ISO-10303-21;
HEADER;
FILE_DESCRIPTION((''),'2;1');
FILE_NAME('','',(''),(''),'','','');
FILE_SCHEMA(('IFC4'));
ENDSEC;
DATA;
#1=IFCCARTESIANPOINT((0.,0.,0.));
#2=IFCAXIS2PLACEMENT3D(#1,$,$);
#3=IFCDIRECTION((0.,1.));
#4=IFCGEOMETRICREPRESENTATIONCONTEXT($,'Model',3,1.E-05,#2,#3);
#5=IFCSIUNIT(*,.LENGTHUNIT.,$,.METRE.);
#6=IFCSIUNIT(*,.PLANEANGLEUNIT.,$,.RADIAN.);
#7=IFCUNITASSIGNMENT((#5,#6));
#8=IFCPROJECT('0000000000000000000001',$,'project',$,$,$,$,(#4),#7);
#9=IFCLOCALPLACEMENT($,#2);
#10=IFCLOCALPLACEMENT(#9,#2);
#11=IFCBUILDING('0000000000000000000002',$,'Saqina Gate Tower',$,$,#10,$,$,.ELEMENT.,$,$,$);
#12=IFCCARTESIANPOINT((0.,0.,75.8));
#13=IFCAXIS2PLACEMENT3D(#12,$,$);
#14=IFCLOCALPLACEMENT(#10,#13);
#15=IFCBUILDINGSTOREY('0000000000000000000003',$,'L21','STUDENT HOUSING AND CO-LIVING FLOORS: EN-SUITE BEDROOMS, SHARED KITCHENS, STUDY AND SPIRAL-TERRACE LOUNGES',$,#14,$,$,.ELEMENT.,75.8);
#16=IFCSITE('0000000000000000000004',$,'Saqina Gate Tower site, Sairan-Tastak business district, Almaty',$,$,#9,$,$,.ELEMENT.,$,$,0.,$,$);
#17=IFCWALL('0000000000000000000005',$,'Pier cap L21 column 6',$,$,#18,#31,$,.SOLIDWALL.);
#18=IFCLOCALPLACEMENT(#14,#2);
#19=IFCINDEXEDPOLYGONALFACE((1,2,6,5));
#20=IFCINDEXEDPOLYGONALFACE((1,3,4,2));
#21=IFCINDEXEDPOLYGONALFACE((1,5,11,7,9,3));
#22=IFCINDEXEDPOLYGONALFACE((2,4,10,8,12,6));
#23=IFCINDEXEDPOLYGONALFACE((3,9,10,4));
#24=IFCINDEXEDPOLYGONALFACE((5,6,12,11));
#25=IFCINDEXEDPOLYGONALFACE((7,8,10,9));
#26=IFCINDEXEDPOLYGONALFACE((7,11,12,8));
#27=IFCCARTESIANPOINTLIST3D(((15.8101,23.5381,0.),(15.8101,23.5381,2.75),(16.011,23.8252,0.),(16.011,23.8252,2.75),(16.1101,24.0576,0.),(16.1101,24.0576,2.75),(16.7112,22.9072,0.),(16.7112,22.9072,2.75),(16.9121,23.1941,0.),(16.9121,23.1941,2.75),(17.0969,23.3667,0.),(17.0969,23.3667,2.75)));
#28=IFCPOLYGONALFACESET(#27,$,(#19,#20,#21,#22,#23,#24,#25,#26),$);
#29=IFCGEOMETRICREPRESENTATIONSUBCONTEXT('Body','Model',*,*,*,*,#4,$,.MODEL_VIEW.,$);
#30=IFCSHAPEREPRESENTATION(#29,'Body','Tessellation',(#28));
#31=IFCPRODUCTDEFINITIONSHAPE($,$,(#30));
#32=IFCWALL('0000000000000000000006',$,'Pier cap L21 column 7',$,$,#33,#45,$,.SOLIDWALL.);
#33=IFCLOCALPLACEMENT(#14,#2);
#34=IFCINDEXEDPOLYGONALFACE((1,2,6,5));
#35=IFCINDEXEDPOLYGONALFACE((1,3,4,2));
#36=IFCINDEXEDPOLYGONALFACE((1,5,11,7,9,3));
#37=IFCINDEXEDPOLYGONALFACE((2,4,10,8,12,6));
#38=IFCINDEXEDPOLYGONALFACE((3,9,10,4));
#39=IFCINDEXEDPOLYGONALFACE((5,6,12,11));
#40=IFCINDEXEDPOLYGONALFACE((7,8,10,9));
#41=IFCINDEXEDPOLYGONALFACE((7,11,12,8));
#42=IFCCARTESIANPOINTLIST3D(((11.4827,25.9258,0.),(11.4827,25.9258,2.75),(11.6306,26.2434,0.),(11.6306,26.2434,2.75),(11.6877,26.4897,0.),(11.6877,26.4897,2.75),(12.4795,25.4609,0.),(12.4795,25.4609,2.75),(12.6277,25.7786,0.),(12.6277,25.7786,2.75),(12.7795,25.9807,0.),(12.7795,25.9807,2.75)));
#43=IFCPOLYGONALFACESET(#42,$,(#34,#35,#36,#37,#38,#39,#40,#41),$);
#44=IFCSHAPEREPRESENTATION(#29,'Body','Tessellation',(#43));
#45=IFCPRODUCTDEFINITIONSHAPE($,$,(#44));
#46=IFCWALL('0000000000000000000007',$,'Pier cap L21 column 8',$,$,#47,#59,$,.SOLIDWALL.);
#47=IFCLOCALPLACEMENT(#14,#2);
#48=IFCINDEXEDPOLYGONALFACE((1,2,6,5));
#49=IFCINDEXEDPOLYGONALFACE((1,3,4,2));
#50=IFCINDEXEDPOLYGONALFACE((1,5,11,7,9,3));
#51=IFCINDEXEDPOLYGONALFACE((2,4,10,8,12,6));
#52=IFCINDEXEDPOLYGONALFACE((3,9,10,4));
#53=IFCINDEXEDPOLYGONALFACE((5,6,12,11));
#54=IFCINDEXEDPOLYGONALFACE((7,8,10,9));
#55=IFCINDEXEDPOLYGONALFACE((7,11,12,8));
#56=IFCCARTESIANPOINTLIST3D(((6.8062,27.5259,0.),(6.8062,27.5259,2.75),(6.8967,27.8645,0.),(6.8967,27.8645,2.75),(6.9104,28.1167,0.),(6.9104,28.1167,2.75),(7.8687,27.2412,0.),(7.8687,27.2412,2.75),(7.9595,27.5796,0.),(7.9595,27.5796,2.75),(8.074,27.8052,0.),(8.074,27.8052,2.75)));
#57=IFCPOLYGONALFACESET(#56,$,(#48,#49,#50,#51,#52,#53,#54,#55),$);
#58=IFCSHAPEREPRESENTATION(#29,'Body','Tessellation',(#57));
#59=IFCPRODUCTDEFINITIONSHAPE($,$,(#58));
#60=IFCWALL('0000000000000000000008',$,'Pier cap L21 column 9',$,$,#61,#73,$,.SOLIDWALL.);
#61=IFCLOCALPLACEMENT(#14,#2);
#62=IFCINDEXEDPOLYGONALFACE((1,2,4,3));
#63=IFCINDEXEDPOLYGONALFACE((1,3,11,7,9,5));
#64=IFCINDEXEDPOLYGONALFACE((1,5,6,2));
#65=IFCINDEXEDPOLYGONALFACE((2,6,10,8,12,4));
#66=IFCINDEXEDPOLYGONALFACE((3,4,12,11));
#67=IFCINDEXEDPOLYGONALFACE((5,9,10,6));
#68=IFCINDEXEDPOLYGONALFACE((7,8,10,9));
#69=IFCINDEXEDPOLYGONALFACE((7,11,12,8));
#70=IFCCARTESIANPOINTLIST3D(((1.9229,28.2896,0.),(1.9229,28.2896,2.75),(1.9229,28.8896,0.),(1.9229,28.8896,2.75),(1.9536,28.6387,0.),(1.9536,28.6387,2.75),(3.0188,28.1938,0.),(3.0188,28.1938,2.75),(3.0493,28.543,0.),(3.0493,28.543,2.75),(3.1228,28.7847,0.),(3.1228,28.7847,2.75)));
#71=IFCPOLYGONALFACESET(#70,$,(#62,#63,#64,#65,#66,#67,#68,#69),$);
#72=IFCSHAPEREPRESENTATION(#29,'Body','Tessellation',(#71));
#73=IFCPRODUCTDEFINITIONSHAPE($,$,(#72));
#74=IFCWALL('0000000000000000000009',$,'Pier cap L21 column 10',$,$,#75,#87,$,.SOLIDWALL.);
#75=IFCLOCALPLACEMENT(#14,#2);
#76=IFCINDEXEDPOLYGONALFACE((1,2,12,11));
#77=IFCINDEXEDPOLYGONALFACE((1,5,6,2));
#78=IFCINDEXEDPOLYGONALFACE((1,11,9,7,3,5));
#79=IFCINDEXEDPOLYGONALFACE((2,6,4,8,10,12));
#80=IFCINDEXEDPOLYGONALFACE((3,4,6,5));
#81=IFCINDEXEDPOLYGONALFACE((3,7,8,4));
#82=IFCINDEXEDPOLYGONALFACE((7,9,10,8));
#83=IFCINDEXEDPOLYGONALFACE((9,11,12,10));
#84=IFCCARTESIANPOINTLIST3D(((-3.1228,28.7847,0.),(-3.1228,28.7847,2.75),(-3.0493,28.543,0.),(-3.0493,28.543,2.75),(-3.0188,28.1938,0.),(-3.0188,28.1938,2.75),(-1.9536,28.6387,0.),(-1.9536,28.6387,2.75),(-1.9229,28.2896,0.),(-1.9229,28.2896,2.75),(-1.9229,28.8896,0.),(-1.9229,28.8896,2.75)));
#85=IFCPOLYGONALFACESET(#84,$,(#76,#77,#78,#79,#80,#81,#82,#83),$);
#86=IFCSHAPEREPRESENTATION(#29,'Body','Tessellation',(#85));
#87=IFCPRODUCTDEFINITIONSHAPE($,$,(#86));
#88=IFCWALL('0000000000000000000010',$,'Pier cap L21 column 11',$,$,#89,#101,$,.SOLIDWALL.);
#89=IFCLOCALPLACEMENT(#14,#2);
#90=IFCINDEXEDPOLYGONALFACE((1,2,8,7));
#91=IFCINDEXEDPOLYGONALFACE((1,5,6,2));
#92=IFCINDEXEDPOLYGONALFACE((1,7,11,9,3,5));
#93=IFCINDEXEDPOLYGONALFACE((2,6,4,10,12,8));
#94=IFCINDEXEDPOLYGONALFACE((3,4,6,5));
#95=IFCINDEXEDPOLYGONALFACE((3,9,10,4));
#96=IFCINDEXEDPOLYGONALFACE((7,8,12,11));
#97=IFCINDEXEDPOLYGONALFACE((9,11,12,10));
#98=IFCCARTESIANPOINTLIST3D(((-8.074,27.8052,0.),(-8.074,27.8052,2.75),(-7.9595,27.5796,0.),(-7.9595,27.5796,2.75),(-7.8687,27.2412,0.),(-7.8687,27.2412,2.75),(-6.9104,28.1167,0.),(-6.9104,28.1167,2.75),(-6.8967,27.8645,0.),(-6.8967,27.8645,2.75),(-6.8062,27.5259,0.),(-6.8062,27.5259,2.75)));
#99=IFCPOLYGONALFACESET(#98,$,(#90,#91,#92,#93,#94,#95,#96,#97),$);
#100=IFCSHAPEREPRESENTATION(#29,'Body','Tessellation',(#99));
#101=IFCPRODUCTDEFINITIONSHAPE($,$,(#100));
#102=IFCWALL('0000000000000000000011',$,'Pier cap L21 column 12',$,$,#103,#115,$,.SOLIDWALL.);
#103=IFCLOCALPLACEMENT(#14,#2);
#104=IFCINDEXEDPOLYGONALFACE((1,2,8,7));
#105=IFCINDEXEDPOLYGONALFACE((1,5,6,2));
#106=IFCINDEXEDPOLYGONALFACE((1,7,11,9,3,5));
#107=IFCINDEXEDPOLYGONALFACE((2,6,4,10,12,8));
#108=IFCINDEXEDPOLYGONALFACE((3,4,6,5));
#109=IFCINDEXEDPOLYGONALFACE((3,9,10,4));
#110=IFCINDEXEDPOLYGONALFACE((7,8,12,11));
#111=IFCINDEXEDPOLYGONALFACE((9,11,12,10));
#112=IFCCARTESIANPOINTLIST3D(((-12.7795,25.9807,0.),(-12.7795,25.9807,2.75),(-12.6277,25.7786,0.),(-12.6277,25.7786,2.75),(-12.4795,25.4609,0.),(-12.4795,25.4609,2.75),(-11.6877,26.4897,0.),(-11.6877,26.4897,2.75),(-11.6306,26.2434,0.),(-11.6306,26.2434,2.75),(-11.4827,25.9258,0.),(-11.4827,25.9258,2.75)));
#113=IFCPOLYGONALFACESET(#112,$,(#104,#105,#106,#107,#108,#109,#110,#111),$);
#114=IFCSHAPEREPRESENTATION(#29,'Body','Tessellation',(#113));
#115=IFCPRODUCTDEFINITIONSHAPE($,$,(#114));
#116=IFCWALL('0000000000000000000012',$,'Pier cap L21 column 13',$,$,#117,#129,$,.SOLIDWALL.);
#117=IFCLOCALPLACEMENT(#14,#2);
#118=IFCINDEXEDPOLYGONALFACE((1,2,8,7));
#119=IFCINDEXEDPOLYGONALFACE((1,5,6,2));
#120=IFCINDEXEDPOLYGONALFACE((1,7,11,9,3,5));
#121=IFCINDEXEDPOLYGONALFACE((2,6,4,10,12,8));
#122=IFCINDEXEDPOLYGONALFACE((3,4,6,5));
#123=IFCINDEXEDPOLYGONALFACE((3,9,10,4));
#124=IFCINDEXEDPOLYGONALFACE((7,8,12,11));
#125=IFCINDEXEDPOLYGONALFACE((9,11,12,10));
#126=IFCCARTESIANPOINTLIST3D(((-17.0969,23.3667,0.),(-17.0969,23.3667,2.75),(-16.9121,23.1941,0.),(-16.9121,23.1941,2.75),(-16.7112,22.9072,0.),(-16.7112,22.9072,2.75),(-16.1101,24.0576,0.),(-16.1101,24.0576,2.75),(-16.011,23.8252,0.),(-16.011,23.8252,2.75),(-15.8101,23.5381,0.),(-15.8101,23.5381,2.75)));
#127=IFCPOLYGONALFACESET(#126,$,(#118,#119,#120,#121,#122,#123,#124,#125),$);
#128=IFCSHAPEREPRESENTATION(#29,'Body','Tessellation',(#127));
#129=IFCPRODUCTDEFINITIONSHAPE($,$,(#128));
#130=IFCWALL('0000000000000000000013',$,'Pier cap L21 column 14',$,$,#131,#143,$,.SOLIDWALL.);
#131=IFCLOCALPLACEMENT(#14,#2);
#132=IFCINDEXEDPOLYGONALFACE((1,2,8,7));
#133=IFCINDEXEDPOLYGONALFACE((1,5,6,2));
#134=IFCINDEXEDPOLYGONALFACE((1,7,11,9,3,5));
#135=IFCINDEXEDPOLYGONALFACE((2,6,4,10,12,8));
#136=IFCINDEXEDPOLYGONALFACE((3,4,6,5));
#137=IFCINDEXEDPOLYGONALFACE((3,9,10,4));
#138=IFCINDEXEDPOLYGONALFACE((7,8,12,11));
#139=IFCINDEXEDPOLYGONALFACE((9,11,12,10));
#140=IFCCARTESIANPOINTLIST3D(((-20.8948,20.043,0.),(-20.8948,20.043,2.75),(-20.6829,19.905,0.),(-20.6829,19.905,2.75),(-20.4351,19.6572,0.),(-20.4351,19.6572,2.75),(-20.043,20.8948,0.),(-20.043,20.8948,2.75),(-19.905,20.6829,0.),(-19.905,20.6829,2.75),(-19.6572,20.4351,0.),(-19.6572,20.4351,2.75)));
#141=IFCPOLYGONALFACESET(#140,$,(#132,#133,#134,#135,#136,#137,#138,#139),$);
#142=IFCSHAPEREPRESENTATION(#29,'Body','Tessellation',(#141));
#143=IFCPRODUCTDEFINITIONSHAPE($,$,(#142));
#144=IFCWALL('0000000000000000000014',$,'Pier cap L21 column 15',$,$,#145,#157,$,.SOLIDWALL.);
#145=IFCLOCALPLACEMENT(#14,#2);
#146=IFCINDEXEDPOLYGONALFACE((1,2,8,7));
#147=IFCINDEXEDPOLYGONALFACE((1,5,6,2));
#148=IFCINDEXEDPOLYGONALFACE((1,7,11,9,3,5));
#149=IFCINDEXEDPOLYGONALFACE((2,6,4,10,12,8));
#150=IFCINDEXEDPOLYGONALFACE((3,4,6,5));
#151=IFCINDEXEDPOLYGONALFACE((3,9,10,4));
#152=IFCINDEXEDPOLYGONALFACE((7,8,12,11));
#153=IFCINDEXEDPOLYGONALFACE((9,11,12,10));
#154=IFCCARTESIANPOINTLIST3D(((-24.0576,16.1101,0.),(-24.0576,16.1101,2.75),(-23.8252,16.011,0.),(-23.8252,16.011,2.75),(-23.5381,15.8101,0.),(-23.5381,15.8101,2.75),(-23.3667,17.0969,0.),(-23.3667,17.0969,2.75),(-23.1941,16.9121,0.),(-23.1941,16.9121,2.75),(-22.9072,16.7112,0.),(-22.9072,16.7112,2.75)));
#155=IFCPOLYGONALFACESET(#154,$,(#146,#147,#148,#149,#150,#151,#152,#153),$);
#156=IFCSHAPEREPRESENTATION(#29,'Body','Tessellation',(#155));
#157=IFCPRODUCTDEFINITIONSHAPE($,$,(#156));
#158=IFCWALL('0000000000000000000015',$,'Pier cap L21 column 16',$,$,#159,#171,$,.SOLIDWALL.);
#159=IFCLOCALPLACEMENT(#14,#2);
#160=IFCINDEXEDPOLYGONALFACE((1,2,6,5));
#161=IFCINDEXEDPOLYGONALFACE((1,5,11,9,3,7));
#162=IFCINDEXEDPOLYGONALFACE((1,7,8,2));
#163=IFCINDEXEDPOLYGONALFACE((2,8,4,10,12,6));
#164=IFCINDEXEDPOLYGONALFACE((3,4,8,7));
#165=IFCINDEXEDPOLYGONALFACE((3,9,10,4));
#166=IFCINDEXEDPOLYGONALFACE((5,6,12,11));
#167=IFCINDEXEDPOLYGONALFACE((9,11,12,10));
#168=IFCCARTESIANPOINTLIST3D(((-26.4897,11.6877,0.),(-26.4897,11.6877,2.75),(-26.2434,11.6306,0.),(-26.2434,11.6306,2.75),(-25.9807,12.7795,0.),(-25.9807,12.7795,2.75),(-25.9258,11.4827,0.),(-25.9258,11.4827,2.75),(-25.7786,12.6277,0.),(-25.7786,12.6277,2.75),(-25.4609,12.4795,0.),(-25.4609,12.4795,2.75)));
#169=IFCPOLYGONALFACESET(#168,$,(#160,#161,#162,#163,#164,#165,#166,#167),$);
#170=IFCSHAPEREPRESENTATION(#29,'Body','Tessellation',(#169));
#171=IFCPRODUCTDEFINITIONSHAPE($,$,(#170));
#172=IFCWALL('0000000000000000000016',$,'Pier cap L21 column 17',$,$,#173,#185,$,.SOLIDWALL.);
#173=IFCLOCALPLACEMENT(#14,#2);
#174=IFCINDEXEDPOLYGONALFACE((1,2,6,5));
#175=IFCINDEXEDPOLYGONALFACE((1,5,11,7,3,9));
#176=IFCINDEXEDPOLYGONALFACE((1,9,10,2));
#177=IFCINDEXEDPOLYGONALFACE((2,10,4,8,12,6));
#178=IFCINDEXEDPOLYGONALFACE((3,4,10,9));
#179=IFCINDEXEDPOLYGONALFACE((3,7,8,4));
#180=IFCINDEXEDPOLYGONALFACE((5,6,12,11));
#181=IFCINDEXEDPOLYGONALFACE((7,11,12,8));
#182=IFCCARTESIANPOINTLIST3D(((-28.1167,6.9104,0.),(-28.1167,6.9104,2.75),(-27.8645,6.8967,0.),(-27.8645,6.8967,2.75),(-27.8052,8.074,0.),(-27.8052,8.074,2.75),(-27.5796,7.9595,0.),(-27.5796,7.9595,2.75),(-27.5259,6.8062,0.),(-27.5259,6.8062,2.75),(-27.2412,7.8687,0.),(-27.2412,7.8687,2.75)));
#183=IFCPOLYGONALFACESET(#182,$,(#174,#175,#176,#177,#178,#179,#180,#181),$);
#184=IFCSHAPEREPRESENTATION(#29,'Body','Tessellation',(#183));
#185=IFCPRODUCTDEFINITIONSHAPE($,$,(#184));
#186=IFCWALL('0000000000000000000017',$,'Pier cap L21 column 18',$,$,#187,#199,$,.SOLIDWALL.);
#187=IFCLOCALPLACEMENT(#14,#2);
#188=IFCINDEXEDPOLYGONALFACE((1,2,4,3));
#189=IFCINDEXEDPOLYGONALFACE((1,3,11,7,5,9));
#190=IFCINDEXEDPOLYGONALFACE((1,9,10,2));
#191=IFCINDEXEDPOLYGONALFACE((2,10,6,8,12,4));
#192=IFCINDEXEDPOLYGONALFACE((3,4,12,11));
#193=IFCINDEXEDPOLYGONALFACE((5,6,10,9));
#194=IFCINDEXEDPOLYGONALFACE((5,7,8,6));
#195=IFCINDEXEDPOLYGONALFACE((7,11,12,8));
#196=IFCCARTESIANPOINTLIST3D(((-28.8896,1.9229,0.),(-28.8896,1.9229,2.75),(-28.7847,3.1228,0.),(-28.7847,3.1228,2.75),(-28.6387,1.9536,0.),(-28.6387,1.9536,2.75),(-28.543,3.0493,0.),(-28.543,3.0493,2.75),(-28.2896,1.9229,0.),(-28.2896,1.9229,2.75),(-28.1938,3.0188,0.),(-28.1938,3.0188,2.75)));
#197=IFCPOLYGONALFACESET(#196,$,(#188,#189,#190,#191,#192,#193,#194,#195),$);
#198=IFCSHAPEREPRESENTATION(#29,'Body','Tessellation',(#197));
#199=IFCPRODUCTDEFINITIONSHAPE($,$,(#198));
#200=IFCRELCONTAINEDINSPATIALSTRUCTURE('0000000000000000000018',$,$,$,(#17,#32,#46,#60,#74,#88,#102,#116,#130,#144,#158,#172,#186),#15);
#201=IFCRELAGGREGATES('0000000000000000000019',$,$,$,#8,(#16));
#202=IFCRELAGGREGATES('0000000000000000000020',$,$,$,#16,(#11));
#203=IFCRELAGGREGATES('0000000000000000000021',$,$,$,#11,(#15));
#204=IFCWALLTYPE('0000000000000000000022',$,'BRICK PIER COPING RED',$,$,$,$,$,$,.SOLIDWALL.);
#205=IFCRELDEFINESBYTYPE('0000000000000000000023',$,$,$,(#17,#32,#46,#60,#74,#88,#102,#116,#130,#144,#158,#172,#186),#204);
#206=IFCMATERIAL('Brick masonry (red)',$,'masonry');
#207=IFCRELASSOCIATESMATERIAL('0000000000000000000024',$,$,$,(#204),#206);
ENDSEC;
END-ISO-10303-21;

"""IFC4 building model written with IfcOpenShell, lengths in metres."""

from ifc_helpers import new_model, si_unit, direction, frame, origin, place, context, subcontext, project, spatial, polyline, outline, extrude, material, type_object, element, save


model = new_model("IFC4")

# Units and contexts
model_context = context("Model", 3, precision=1e-05, world=origin(), true_north=direction((0.0, 1.0)))
body_context = subcontext(model_context, "Body", "Model", "MODEL_VIEW")
ifc_project = project(units=[si_unit("LENGTHUNIT", "METRE"), si_unit("PLANEANGLEUNIT", "RADIAN")], contexts=[model_context])

# Site, building, storey
site_placement = place(None, origin())
site = spatial("IfcSite", under=ifc_project, at=site_placement, Name="Saqina Gate Tower site, Sairan-Tastak business district, Almaty", CompositionType="ELEMENT", RefElevation=0.0)
building_placement = place(site_placement, origin())
building = spatial("IfcBuilding", under=site, at=building_placement, Name="Saqina Gate Tower", CompositionType="ELEMENT")
storey_placement = place(building_placement, frame((0.0, 0.0, 75.8)))
storey = spatial("IfcBuildingStorey", under=building, at=storey_placement, Name="L21", Description="STUDENT HOUSING AND CO-LIVING FLOORS: EN-SUITE BEDROOMS, SHARED KITCHENS, STUDY AND SPIRAL-TERRACE LOUNGES", CompositionType="ELEMENT", Elevation=75.8)

# Walls
ifc_material = material(Name="Brick masonry (red)", Category="masonry")
wall_type = type_object("IfcWallType", Name="BRICK PIER COPING RED", PredefinedType="SOLIDWALL", material=ifc_material)
wall_1_placement = place(storey_placement, origin())
element("IfcWall", 1, at=wall_1_placement, inside=storey, type_object=wall_type, Name="Pier cap L21 column 6", PredefinedType="SOLIDWALL", context=body_context, shape_type="SweptSolid", body=[
    extrude(outline(polyline([(17.0969, 23.3667), (16.1101, 24.0576), (15.8101, 23.5381), (16.011, 23.8252), (16.9121, 23.1941), (16.7112, 22.9072), (17.0969, 23.3667)])), origin(), (0.0, 0.0, 1.0), 2.75),
])
wall_2_placement = place(storey_placement, origin())
element("IfcWall", 2, at=wall_2_placement, inside=storey, type_object=wall_type, Name="Pier cap L21 column 7", PredefinedType="SOLIDWALL", context=body_context, shape_type="SweptSolid", body=[
    extrude(outline(polyline([(11.6877, 26.4897), (11.4827, 25.9258), (11.6306, 26.2434), (12.6277, 25.7786), (12.4795, 25.4609), (12.7795, 25.9807), (11.6877, 26.4897)])), origin(), (0.0, 0.0, 1.0), 2.75),
])
wall_3_placement = place(storey_placement, origin())
element("IfcWall", 3, at=wall_3_placement, inside=storey, type_object=wall_type, Name="Pier cap L21 column 8", PredefinedType="SOLIDWALL", context=body_context, shape_type="SweptSolid", body=[
    extrude(outline(polyline([(6.9104, 28.1167), (6.8062, 27.5259), (6.8967, 27.8645), (7.9595, 27.5796), (7.8687, 27.2412), (8.074, 27.8052), (6.9104, 28.1167)])), origin(), (0.0, 0.0, 1.0), 2.75),
])
wall_4_placement = place(storey_placement, origin())
element("IfcWall", 4, at=wall_4_placement, inside=storey, type_object=wall_type, Name="Pier cap L21 column 9", PredefinedType="SOLIDWALL", context=body_context, shape_type="SweptSolid", body=[
    extrude(outline(polyline([(3.1228, 28.7847), (1.9229, 28.8896), (1.9229, 28.2896), (1.9536, 28.6387), (3.0493, 28.543), (3.0188, 28.1938), (3.1228, 28.7847)])), origin(), (0.0, 0.0, 1.0), 2.75),
])
wall_5_placement = place(storey_placement, origin())
element("IfcWall", 5, at=wall_5_placement, inside=storey, type_object=wall_type, Name="Pier cap L21 column 10", PredefinedType="SOLIDWALL", context=body_context, shape_type="SweptSolid", body=[
    extrude(outline(polyline([(-1.9229, 28.8896), (-3.1228, 28.7847), (-3.0188, 28.1938), (-3.0493, 28.543), (-1.9536, 28.6387), (-1.9229, 28.2896), (-1.9229, 28.8896)])), origin(), (0.0, 0.0, 1.0), 2.75),
])
wall_6_placement = place(storey_placement, origin())
element("IfcWall", 6, at=wall_6_placement, inside=storey, type_object=wall_type, Name="Pier cap L21 column 11", PredefinedType="SOLIDWALL", context=body_context, shape_type="SweptSolid", body=[
    extrude(outline(polyline([(-6.9104, 28.1167), (-8.074, 27.8052), (-7.8687, 27.2412), (-7.9595, 27.5796), (-6.8967, 27.8645), (-6.8062, 27.5259), (-6.9104, 28.1167)])), origin(), (0.0, 0.0, 1.0), 2.75),
])
wall_7_placement = place(storey_placement, origin())
element("IfcWall", 7, at=wall_7_placement, inside=storey, type_object=wall_type, Name="Pier cap L21 column 12", PredefinedType="SOLIDWALL", context=body_context, shape_type="SweptSolid", body=[
    extrude(outline(polyline([(-12.7795, 25.9807), (-12.4795, 25.4609), (-12.6277, 25.7786), (-11.6306, 26.2434), (-11.4827, 25.9258), (-11.6877, 26.4897), (-12.7795, 25.9807)])), origin(), (0.0, 0.0, 1.0), 2.75),
])
wall_8_placement = place(storey_placement, origin())
element("IfcWall", 8, at=wall_8_placement, inside=storey, type_object=wall_type, Name="Pier cap L21 column 13", PredefinedType="SOLIDWALL", context=body_context, shape_type="SweptSolid", body=[
    extrude(outline(polyline([(-16.1101, 24.0576), (-17.0969, 23.3667), (-16.7112, 22.9072), (-16.9121, 23.1941), (-16.011, 23.8252), (-15.8101, 23.5381), (-16.1101, 24.0576)])), origin(), (0.0, 0.0, 1.0), 2.75),
])
wall_9_placement = place(storey_placement, origin())
element("IfcWall", 9, at=wall_9_placement, inside=storey, type_object=wall_type, Name="Pier cap L21 column 14", PredefinedType="SOLIDWALL", context=body_context, shape_type="SweptSolid", body=[
    extrude(outline(polyline([(-20.8948, 20.043), (-20.4351, 19.6572), (-20.6829, 19.905), (-19.905, 20.6829), (-19.6572, 20.4351), (-20.043, 20.8948), (-20.8948, 20.043)])), origin(), (0.0, 0.0, 1.0), 2.75),
])
wall_10_placement = place(storey_placement, origin())
element("IfcWall", 10, at=wall_10_placement, inside=storey, type_object=wall_type, Name="Pier cap L21 column 15", PredefinedType="SOLIDWALL", context=body_context, shape_type="SweptSolid", body=[
    extrude(outline(polyline([(-23.3667, 17.0969), (-24.0576, 16.1101), (-23.5381, 15.8101), (-23.8252, 16.011), (-23.1941, 16.9121), (-22.9072, 16.7112), (-23.3667, 17.0969)])), origin(), (0.0, 0.0, 1.0), 2.75),
])
wall_11_placement = place(storey_placement, origin())
element("IfcWall", 11, at=wall_11_placement, inside=storey, type_object=wall_type, Name="Pier cap L21 column 16", PredefinedType="SOLIDWALL", context=body_context, shape_type="SweptSolid", body=[
    extrude(outline(polyline([(-26.4897, 11.6877), (-25.9258, 11.4827), (-26.2434, 11.6306), (-25.7786, 12.6277), (-25.4609, 12.4795), (-25.9807, 12.7795), (-26.4897, 11.6877)])), origin(), (0.0, 0.0, 1.0), 2.75),
])
wall_12_placement = place(storey_placement, origin())
element("IfcWall", 12, at=wall_12_placement, inside=storey, type_object=wall_type, Name="Pier cap L21 column 17", PredefinedType="SOLIDWALL", context=body_context, shape_type="SweptSolid", body=[
    extrude(outline(polyline([(-28.1167, 6.9104), (-27.5259, 6.8062), (-27.8645, 6.8967), (-27.5796, 7.9595), (-27.2412, 7.8687), (-27.8052, 8.074), (-28.1167, 6.9104)])), origin(), (0.0, 0.0, 1.0), 2.75),
])
wall_13_placement = place(storey_placement, origin())
element("IfcWall", 13, at=wall_13_placement, inside=storey, type_object=wall_type, Name="Pier cap L21 column 18", PredefinedType="SOLIDWALL", context=body_context, shape_type="SweptSolid", body=[
    extrude(outline(polyline([(-28.7847, 3.1228), (-28.8896, 1.9229), (-28.2896, 1.9229), (-28.6387, 1.9536), (-28.543, 3.0493), (-28.1938, 3.0188), (-28.7847, 3.1228)])), origin(), (0.0, 0.0, 1.0), 2.75),
])

save(model, "model.ifc")
